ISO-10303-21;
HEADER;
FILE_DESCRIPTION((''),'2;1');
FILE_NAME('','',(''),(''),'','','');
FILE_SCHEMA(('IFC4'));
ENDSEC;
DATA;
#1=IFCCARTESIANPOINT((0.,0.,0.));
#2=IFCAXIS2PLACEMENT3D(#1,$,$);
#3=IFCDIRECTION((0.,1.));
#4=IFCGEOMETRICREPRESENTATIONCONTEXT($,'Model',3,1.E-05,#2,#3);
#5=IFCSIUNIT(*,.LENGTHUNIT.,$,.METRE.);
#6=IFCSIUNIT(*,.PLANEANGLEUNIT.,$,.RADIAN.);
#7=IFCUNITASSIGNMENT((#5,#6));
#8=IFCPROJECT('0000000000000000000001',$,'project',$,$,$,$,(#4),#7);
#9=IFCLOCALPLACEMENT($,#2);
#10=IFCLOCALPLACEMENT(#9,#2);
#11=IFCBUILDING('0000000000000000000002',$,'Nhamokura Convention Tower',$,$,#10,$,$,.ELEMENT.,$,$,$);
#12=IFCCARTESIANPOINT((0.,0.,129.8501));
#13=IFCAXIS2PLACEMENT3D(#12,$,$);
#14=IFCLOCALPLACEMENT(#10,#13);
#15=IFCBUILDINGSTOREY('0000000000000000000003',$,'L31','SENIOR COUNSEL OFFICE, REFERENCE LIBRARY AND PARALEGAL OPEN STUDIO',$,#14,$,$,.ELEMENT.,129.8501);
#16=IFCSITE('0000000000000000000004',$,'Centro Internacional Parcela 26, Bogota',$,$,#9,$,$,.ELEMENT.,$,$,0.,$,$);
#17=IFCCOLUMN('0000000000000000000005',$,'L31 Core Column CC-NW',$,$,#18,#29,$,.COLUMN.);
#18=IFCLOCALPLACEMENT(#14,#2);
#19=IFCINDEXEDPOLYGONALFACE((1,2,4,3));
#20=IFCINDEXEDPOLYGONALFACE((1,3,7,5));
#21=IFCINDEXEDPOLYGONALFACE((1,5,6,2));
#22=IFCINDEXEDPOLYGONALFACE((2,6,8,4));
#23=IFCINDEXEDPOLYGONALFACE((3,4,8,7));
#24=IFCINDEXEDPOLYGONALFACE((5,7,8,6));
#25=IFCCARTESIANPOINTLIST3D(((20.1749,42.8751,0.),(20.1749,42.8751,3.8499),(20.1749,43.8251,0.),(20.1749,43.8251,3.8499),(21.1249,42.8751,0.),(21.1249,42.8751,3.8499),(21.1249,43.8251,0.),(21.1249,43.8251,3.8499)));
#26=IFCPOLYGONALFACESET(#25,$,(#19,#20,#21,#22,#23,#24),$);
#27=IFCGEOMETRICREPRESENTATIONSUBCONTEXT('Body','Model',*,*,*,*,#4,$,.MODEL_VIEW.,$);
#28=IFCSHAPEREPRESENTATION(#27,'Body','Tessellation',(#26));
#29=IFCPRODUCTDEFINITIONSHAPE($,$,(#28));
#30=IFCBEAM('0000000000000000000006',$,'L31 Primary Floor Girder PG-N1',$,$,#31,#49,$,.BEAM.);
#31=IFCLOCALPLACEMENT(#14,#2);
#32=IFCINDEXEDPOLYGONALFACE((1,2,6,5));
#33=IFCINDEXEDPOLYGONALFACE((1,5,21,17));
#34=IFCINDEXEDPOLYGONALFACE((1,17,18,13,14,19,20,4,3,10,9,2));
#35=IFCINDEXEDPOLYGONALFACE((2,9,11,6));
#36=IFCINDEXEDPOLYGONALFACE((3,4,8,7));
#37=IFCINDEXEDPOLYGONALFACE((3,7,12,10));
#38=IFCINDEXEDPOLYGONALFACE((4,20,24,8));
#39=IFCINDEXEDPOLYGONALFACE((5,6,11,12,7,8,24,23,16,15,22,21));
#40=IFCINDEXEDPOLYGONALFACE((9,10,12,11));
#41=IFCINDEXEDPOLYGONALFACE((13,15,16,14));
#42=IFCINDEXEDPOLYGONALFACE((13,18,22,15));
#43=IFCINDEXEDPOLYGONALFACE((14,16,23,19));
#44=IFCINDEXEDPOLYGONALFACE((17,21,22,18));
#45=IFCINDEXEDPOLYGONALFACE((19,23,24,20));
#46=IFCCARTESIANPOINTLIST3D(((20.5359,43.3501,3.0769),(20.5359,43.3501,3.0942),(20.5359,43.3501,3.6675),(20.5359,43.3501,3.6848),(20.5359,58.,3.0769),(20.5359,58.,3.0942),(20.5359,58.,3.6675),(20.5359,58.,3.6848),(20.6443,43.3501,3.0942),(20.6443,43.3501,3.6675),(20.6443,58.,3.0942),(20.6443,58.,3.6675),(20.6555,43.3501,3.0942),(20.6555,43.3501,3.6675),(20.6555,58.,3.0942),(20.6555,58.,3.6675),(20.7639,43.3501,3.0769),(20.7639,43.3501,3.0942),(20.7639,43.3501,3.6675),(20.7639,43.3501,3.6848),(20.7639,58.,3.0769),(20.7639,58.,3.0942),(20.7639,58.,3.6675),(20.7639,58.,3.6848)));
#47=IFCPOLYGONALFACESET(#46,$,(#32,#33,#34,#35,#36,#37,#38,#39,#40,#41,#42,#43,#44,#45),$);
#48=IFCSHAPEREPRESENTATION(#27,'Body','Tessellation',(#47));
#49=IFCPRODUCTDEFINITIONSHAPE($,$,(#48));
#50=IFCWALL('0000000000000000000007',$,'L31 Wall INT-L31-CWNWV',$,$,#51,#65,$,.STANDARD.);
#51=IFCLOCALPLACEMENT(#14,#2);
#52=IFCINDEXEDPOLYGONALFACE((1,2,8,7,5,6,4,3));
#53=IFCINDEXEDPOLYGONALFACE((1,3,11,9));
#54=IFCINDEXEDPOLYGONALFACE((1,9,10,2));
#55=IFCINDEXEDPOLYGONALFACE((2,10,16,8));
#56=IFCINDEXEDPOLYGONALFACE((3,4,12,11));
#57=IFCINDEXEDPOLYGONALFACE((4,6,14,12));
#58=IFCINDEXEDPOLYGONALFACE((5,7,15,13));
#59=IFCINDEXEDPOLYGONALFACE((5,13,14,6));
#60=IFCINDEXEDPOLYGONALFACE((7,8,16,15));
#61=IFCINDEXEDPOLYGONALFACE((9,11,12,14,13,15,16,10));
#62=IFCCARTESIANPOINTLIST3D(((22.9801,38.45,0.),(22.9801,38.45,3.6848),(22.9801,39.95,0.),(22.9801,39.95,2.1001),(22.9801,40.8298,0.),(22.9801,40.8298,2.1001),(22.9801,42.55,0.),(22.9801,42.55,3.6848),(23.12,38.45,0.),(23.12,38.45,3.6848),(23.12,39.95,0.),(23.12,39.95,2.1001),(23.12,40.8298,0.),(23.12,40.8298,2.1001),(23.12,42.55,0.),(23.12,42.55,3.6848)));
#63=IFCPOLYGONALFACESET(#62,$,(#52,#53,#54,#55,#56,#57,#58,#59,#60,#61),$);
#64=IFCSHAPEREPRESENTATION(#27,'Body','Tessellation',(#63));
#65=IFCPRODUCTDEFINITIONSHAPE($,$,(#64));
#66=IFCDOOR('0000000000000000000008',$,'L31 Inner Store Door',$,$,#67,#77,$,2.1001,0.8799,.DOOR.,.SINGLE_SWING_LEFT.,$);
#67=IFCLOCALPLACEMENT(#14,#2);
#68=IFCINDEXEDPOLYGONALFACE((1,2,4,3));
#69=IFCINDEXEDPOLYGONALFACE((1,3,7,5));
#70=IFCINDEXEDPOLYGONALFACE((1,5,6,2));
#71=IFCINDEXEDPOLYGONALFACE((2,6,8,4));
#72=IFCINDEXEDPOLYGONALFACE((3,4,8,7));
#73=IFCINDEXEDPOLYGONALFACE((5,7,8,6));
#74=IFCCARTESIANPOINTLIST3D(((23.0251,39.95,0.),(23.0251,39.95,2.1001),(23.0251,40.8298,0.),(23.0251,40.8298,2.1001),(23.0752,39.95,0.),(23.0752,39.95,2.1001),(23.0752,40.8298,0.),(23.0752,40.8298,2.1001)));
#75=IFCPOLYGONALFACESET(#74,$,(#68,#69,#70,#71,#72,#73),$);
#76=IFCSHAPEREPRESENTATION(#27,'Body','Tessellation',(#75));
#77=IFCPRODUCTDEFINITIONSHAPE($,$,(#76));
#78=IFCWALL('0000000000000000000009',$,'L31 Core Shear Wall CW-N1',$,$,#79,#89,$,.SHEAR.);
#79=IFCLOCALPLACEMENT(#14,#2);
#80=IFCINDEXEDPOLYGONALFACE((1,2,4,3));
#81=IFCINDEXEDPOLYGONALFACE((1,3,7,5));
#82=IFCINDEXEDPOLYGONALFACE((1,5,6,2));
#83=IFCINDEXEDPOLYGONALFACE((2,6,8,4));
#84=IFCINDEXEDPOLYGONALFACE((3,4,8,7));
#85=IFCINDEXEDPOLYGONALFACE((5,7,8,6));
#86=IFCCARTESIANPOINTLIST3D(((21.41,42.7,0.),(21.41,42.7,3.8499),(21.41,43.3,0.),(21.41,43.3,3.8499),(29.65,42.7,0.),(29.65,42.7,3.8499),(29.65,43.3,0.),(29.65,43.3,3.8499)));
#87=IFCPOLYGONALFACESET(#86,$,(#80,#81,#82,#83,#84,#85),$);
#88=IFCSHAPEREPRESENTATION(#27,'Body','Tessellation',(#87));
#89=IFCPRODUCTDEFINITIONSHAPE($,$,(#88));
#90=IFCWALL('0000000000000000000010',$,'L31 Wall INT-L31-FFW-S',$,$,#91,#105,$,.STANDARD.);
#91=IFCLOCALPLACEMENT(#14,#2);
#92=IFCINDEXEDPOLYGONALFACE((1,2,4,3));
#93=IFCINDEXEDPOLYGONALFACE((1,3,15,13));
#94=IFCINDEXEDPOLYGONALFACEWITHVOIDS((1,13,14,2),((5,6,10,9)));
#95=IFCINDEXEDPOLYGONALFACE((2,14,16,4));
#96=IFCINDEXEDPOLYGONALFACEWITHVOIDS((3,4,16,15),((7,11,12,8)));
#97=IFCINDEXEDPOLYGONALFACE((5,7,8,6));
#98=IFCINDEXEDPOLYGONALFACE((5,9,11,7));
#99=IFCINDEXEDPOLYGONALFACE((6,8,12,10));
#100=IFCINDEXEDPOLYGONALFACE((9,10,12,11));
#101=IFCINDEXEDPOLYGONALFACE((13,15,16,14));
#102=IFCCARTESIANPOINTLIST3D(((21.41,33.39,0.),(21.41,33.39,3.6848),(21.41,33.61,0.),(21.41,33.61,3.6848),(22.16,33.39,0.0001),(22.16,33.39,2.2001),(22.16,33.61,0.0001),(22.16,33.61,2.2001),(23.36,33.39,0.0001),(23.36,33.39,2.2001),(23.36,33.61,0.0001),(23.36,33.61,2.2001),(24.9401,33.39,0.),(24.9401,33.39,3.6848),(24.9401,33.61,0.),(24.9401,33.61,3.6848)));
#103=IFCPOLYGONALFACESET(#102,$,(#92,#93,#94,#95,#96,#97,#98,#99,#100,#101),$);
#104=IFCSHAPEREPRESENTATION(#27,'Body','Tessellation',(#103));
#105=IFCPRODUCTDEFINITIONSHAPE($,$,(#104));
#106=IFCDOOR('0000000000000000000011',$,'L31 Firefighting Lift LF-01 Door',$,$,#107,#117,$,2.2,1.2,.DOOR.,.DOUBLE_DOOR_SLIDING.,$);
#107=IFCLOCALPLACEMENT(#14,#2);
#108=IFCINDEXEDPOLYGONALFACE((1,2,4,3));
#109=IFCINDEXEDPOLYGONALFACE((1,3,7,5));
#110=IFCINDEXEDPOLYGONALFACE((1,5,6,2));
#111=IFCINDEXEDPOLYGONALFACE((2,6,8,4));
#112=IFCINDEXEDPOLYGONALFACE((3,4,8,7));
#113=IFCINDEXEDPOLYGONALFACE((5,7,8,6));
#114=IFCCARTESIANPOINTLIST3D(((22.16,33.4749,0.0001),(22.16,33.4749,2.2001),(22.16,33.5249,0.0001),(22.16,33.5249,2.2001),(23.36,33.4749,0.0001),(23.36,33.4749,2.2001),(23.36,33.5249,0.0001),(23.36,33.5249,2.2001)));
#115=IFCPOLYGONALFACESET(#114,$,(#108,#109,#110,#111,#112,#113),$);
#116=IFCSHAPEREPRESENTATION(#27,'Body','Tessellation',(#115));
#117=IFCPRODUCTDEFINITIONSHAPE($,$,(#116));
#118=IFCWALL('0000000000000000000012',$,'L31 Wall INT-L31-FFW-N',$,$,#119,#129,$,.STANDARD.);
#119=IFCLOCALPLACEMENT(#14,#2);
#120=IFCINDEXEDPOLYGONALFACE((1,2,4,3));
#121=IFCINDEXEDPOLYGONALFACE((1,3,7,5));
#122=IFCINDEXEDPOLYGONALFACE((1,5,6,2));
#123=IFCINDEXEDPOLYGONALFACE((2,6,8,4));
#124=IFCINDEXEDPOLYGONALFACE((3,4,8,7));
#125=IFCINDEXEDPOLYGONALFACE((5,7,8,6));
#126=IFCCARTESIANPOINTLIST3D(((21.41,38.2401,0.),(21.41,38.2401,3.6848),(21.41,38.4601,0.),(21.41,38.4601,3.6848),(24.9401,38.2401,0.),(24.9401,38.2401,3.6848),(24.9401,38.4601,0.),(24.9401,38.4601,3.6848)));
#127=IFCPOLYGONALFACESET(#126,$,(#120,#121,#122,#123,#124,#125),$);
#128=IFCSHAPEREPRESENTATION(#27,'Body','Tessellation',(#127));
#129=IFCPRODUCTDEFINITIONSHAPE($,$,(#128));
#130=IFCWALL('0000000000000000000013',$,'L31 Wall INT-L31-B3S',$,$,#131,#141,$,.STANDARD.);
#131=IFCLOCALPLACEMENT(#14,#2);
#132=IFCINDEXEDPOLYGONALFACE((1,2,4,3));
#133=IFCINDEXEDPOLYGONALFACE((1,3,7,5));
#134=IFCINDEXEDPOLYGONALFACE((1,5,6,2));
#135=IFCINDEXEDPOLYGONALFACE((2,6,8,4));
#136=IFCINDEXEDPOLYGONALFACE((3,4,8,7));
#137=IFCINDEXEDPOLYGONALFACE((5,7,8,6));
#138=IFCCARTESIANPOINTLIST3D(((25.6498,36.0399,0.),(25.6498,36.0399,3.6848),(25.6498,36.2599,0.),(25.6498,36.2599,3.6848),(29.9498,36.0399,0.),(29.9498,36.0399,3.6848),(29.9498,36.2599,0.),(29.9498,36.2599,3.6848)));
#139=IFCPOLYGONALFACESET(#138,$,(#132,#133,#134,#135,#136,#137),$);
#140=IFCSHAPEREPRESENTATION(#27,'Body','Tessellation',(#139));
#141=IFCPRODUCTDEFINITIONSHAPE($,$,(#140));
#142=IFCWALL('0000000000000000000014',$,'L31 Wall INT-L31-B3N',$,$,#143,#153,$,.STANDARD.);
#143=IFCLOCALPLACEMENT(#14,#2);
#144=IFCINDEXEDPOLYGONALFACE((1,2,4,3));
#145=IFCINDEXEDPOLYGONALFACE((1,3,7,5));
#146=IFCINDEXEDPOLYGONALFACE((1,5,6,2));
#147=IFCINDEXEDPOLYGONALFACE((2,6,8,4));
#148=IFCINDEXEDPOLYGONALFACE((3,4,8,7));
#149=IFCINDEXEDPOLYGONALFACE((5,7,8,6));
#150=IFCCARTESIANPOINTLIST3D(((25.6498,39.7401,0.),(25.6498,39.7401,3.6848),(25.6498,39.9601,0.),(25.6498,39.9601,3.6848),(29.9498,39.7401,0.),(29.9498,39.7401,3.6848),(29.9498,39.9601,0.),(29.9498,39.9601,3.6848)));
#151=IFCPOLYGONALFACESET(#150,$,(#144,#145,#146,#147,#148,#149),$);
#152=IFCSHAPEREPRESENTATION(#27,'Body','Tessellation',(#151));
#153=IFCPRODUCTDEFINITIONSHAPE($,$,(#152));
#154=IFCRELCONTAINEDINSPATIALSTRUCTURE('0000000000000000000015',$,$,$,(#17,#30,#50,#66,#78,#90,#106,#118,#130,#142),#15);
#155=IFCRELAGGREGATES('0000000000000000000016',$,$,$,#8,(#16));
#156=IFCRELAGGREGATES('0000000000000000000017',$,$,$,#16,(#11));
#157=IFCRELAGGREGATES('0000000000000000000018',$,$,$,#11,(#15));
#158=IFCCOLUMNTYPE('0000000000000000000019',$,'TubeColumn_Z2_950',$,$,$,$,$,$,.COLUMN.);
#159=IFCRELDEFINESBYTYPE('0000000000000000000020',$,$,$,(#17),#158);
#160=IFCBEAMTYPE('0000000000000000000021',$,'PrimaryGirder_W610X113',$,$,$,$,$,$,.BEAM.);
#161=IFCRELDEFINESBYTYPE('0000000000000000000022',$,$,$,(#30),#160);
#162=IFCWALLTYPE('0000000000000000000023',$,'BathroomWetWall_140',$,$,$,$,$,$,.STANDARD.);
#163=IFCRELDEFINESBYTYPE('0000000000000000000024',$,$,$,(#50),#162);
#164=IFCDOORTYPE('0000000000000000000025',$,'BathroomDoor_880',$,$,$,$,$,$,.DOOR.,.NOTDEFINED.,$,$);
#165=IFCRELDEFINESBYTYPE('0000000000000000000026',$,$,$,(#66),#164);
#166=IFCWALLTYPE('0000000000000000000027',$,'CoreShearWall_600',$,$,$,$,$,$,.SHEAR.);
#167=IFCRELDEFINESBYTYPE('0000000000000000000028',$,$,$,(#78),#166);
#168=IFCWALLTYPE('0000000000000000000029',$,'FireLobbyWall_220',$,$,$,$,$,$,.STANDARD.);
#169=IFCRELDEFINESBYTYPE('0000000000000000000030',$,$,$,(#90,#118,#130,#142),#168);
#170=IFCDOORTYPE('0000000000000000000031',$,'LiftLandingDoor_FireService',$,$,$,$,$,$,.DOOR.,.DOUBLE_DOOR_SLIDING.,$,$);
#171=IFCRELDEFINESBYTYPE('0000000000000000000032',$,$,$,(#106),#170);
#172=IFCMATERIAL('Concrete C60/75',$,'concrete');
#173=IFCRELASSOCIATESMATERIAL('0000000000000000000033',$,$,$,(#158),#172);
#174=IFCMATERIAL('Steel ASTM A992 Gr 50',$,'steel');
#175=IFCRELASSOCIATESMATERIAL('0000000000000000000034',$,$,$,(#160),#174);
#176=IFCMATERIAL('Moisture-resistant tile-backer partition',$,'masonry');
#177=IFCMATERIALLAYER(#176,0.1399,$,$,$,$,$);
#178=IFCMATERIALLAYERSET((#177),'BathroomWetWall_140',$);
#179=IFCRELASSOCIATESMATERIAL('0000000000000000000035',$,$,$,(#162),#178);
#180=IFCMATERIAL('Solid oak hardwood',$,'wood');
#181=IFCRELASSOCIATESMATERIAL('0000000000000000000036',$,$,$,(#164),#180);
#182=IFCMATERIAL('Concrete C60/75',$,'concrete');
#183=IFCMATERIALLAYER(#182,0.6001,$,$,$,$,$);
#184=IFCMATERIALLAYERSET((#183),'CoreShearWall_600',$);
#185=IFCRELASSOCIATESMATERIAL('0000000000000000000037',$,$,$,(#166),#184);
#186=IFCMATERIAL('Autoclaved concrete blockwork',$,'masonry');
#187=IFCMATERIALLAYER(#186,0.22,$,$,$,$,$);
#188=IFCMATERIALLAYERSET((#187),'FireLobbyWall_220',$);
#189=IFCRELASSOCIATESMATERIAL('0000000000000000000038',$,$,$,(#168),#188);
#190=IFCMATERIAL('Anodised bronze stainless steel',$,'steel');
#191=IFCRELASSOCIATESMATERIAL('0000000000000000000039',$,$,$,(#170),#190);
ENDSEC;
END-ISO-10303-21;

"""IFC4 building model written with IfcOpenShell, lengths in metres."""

from ifc_helpers import new_model, si_unit, direction, frame, frame_2d, origin, origin_2d, place, context, subcontext, project, spatial, rectangle, i_section, extrude, material, layer, layer_set, material_profile, profile_set, type_object, element, fill, save


model = new_model("IFC4")

# Units and contexts
model_context = context("Model", 3, precision=1e-05, world=origin(), true_north=direction((0.0, 1.0)))
body_context = subcontext(model_context, "Body", "Model", "MODEL_VIEW")
ifc_project = project(units=[si_unit("LENGTHUNIT", "METRE"), si_unit("PLANEANGLEUNIT", "RADIAN")], contexts=[model_context])

# Site, building, storey
site_placement = place(None, origin())
site = spatial("IfcSite", under=ifc_project, at=site_placement, Name="Centro Internacional Parcela 26, Bogota", CompositionType="ELEMENT", RefElevation=0.0)
building_placement = place(site_placement, origin())
building = spatial("IfcBuilding", under=site, at=building_placement, Name="Nhamokura Convention Tower", CompositionType="ELEMENT")
storey_placement = place(building_placement, frame((0.0, 0.0, 129.8501)))
storey = spatial("IfcBuildingStorey", under=building, at=storey_placement, Name="L31", Description="SENIOR COUNSEL OFFICE, REFERENCE LIBRARY AND PARALEGAL OPEN STUDIO", CompositionType="ELEMENT", Elevation=129.8501)

# Column
ifc_material_1 = material(Name="Concrete C60/75", Category="concrete")
ifc_material_profile_1 = material_profile(ifc_material_1, rectangle(XDim=0.95, YDim=0.95, at=origin_2d()))
ifc_profile_set_1 = profile_set([ifc_material_profile_1], Name="Concrete C60/75")
column_type = type_object("IfcColumnType", Name="TubeColumn_Z2_950", PredefinedType="COLUMN", material=ifc_profile_set_1)
column_placement = place(storey_placement, frame((20.6499, 43.3501, 0.0), z_axis=(0.0, 0.0, 1.0), x_axis=(1.0, 0.0, 0.0)))
element("IfcColumn", 1, at=column_placement, inside=storey, type_object=column_type, Name="L31 Core Column CC-NW", PredefinedType="COLUMN", context=body_context, shape_type="SweptSolid", body=[
    extrude(rectangle(XDim=0.95, YDim=0.95, at=origin_2d()), origin(), (0.0, 0.0, 1.0), 3.8499),
])

# Beam
ifc_material_2 = material(Name="Steel ASTM A992 Gr 50", Category="steel")
ifc_material_profile_2 = material_profile(ifc_material_2, i_section(OverallWidth=0.228, OverallDepth=0.6079, WebThickness=0.0112, FlangeThickness=0.0173, at=origin_2d()))
ifc_profile_set_2 = profile_set([ifc_material_profile_2], Name="Steel ASTM A992 Gr 50")
beam_type = type_object("IfcBeamType", Name="PrimaryGirder_W610X113", PredefinedType="BEAM", material=ifc_profile_set_2)
beam_placement = place(storey_placement, frame((20.6499, 43.3501, 3.3809), z_axis=(0.0, 1.0, 0.0), x_axis=(-1.0, 0.0, 0.0)))
element("IfcBeam", 2, at=beam_placement, inside=storey, type_object=beam_type, Name="L31 Primary Floor Girder PG-N1", PredefinedType="BEAM", context=body_context, shape_type="SweptSolid", body=[
    extrude(i_section(OverallWidth=0.228, OverallDepth=0.6079, WebThickness=0.0112, FlangeThickness=0.0173, at=origin_2d()), origin(), (0.0, 0.0, 1.0), 14.6499),
])

# Wall, opening, door
ifc_material_3 = material(Name="Moisture-resistant tile-backer partition", Category="masonry")
ifc_layer_1 = layer(ifc_material_3, 0.1399)
ifc_layer_set_1 = layer_set([ifc_layer_1], Name="BathroomWetWall_140")
wall_type_1 = type_object("IfcWallType", Name="BathroomWetWall_140", PredefinedType="STANDARD", material=ifc_layer_set_1)
wall_1_placement = place(storey_placement, frame((23.05, 38.45, 0.0), z_axis=(0.0, 0.0, 1.0), x_axis=(0.0, 1.0, 0.0)))
wall_1 = element("IfcWall", 3, at=wall_1_placement, inside=storey, type_object=wall_type_1, Name="L31 Wall INT-L31-CWNWV", PredefinedType="STANDARD", context=body_context, shape_type="SweptSolid", body=[
    extrude(rectangle(XDim=4.1001, YDim=0.1399, at=frame_2d((2.05, 0.0))), origin(), (0.0, 0.0, 1.0), 3.6848),
])
opening_1_placement = place(wall_1_placement, frame((1.5, 0.0, 0.0)))
opening_1 = element("IfcOpeningElement", 4, at=opening_1_placement, cuts=wall_1, PredefinedType="OPENING", context=body_context, shape_type="SweptSolid", body=[
    extrude(rectangle(XDim=0.8799, YDim=2.1001, at=frame_2d((0.4399, 1.05))), frame((0.0, 0.0798, 0.0), z_axis=(0.0, -1.0, 0.0), x_axis=(1.0, 0.0, 0.0)), (0.0, 0.0, 1.0), 0.1599),
])
ifc_material_4 = material(Name="Solid oak hardwood", Category="wood")
door_type_1 = type_object("IfcDoorType", Name="BathroomDoor_880", OperationType="NOTDEFINED", PredefinedType="DOOR", material=ifc_material_4)
door_1_placement = place(opening_1_placement, origin())
door_1 = element("IfcDoor", 5, at=door_1_placement, inside=storey, type_object=door_type_1, Name="L31 Inner Store Door", OperationType="SINGLE_SWING_LEFT", OverallHeight=2.1001, OverallWidth=0.8799, PredefinedType="DOOR", context=body_context, shape_type="SweptSolid", body=[
    extrude(rectangle(XDim=0.8799, YDim=2.1001, at=frame_2d((0.4399, 1.05))), frame((0.0, 0.0249, 0.0), z_axis=(0.0, -1.0, 0.0), x_axis=(1.0, 0.0, 0.0)), (0.0, 0.0, 1.0), 0.05),
])
fill(opening_1, door_1)

# Wall
ifc_material_5 = material(Name="Concrete C60/75", Category="concrete")
ifc_layer_2 = layer(ifc_material_5, 0.6001)
ifc_layer_set_2 = layer_set([ifc_layer_2], Name="CoreShearWall_600")
wall_type_2 = type_object("IfcWallType", Name="CoreShearWall_600", PredefinedType="SHEAR", material=ifc_layer_set_2)
wall_2_placement = place(storey_placement, frame((21.4099, 43.0, 0.0), z_axis=(0.0, 0.0, 1.0), x_axis=(1.0, 0.0, 0.0)))
element("IfcWall", 6, at=wall_2_placement, inside=storey, type_object=wall_type_2, Name="L31 Core Shear Wall CW-N1", PredefinedType="SHEAR", context=body_context, shape_type="SweptSolid", body=[
    extrude(rectangle(XDim=8.24, YDim=0.6001, at=frame_2d((4.1201, 0.0))), origin(), (0.0, 0.0, 1.0), 3.8499),
])

# Wall, opening, door
ifc_material_6 = material(Name="Autoclaved concrete blockwork", Category="masonry")
ifc_layer_3 = layer(ifc_material_6, 0.22)
ifc_layer_set_3 = layer_set([ifc_layer_3], Name="FireLobbyWall_220")
wall_type_3 = type_object("IfcWallType", Name="FireLobbyWall_220", PredefinedType="STANDARD", material=ifc_layer_set_3)
wall_3_placement = place(storey_placement, frame((21.4099, 33.5, 0.0), z_axis=(0.0, 0.0, 1.0), x_axis=(1.0, 0.0, 0.0)))
wall_3 = element("IfcWall", 7, at=wall_3_placement, inside=storey, type_object=wall_type_3, Name="L31 Wall INT-L31-FFW-S", PredefinedType="STANDARD", context=body_context, shape_type="SweptSolid", body=[
    extrude(rectangle(XDim=3.53, YDim=0.22, at=frame_2d((1.7651, 0.0))), origin(), (0.0, 0.0, 1.0), 3.6848),
])
opening_2_placement = place(wall_3_placement, frame((0.75, 0.0, 0.0)))
opening_2 = element("IfcOpeningElement", 8, at=opening_2_placement, cuts=wall_3, PredefinedType="OPENING", context=body_context, shape_type="SweptSolid", body=[
    extrude(rectangle(XDim=1.2, YDim=2.2, at=frame_2d((0.6001, 1.1001))), frame((0.0, 0.1199, 0.0), z_axis=(0.0, -1.0, 0.0), x_axis=(1.0, 0.0, 0.0)), (0.0, 0.0, 1.0), 0.24),
])
ifc_material_7 = material(Name="Anodised bronze stainless steel", Category="steel")
door_type_2 = type_object("IfcDoorType", Name="LiftLandingDoor_FireService", OperationType="DOUBLE_DOOR_SLIDING", PredefinedType="DOOR", material=ifc_material_7)
door_2_placement = place(opening_2_placement, origin())
door_2 = element("IfcDoor", 9, at=door_2_placement, inside=storey, type_object=door_type_2, Name="L31 Firefighting Lift LF-01 Door", OperationType="DOUBLE_DOOR_SLIDING", OverallHeight=2.2, OverallWidth=1.2, PredefinedType="DOOR", context=body_context, shape_type="SweptSolid", body=[
    extrude(rectangle(XDim=1.2, YDim=2.2, at=frame_2d((0.6001, 1.1001))), frame((0.0, 0.0249, 0.0), z_axis=(0.0, -1.0, 0.0), x_axis=(1.0, 0.0, 0.0)), (0.0, 0.0, 1.0), 0.05),
])
fill(opening_2, door_2)

# Walls
wall_4_placement = place(storey_placement, frame((21.4099, 38.3501, 0.0), z_axis=(0.0, 0.0, 1.0), x_axis=(1.0, 0.0, 0.0)))
element("IfcWall", 10, at=wall_4_placement, inside=storey, type_object=wall_type_3, Name="L31 Wall INT-L31-FFW-N", PredefinedType="STANDARD", context=body_context, shape_type="SweptSolid", body=[
    extrude(rectangle(XDim=3.53, YDim=0.22, at=frame_2d((1.7651, 0.0))), origin(), (0.0, 0.0, 1.0), 3.6848),
])
for number, where, z_axis, x_axis, name in (
    (11, (25.6499, 36.1499, 0.0), (0.0, 0.0, 1.0), (1.0, 0.0, 0.0), "L31 Wall INT-L31-B3S"),
    (12, (25.6499, 39.8501, 0.0), (0.0, 0.0, 1.0), (1.0, 0.0, 0.0), "L31 Wall INT-L31-B3N"),
):
    element("IfcWall", number, at=place(storey_placement, frame(where, z_axis=z_axis, x_axis=x_axis)), inside=storey, type_object=wall_type_3, Name=name, PredefinedType="STANDARD", context=body_context, shape_type="SweptSolid", body=[
        extrude(rectangle(XDim=4.3, YDim=0.22, at=frame_2d((2.1499, 0.0))), origin(), (0.0, 0.0, 1.0), 3.6848),
    ])

save(model, "model.ifc")
